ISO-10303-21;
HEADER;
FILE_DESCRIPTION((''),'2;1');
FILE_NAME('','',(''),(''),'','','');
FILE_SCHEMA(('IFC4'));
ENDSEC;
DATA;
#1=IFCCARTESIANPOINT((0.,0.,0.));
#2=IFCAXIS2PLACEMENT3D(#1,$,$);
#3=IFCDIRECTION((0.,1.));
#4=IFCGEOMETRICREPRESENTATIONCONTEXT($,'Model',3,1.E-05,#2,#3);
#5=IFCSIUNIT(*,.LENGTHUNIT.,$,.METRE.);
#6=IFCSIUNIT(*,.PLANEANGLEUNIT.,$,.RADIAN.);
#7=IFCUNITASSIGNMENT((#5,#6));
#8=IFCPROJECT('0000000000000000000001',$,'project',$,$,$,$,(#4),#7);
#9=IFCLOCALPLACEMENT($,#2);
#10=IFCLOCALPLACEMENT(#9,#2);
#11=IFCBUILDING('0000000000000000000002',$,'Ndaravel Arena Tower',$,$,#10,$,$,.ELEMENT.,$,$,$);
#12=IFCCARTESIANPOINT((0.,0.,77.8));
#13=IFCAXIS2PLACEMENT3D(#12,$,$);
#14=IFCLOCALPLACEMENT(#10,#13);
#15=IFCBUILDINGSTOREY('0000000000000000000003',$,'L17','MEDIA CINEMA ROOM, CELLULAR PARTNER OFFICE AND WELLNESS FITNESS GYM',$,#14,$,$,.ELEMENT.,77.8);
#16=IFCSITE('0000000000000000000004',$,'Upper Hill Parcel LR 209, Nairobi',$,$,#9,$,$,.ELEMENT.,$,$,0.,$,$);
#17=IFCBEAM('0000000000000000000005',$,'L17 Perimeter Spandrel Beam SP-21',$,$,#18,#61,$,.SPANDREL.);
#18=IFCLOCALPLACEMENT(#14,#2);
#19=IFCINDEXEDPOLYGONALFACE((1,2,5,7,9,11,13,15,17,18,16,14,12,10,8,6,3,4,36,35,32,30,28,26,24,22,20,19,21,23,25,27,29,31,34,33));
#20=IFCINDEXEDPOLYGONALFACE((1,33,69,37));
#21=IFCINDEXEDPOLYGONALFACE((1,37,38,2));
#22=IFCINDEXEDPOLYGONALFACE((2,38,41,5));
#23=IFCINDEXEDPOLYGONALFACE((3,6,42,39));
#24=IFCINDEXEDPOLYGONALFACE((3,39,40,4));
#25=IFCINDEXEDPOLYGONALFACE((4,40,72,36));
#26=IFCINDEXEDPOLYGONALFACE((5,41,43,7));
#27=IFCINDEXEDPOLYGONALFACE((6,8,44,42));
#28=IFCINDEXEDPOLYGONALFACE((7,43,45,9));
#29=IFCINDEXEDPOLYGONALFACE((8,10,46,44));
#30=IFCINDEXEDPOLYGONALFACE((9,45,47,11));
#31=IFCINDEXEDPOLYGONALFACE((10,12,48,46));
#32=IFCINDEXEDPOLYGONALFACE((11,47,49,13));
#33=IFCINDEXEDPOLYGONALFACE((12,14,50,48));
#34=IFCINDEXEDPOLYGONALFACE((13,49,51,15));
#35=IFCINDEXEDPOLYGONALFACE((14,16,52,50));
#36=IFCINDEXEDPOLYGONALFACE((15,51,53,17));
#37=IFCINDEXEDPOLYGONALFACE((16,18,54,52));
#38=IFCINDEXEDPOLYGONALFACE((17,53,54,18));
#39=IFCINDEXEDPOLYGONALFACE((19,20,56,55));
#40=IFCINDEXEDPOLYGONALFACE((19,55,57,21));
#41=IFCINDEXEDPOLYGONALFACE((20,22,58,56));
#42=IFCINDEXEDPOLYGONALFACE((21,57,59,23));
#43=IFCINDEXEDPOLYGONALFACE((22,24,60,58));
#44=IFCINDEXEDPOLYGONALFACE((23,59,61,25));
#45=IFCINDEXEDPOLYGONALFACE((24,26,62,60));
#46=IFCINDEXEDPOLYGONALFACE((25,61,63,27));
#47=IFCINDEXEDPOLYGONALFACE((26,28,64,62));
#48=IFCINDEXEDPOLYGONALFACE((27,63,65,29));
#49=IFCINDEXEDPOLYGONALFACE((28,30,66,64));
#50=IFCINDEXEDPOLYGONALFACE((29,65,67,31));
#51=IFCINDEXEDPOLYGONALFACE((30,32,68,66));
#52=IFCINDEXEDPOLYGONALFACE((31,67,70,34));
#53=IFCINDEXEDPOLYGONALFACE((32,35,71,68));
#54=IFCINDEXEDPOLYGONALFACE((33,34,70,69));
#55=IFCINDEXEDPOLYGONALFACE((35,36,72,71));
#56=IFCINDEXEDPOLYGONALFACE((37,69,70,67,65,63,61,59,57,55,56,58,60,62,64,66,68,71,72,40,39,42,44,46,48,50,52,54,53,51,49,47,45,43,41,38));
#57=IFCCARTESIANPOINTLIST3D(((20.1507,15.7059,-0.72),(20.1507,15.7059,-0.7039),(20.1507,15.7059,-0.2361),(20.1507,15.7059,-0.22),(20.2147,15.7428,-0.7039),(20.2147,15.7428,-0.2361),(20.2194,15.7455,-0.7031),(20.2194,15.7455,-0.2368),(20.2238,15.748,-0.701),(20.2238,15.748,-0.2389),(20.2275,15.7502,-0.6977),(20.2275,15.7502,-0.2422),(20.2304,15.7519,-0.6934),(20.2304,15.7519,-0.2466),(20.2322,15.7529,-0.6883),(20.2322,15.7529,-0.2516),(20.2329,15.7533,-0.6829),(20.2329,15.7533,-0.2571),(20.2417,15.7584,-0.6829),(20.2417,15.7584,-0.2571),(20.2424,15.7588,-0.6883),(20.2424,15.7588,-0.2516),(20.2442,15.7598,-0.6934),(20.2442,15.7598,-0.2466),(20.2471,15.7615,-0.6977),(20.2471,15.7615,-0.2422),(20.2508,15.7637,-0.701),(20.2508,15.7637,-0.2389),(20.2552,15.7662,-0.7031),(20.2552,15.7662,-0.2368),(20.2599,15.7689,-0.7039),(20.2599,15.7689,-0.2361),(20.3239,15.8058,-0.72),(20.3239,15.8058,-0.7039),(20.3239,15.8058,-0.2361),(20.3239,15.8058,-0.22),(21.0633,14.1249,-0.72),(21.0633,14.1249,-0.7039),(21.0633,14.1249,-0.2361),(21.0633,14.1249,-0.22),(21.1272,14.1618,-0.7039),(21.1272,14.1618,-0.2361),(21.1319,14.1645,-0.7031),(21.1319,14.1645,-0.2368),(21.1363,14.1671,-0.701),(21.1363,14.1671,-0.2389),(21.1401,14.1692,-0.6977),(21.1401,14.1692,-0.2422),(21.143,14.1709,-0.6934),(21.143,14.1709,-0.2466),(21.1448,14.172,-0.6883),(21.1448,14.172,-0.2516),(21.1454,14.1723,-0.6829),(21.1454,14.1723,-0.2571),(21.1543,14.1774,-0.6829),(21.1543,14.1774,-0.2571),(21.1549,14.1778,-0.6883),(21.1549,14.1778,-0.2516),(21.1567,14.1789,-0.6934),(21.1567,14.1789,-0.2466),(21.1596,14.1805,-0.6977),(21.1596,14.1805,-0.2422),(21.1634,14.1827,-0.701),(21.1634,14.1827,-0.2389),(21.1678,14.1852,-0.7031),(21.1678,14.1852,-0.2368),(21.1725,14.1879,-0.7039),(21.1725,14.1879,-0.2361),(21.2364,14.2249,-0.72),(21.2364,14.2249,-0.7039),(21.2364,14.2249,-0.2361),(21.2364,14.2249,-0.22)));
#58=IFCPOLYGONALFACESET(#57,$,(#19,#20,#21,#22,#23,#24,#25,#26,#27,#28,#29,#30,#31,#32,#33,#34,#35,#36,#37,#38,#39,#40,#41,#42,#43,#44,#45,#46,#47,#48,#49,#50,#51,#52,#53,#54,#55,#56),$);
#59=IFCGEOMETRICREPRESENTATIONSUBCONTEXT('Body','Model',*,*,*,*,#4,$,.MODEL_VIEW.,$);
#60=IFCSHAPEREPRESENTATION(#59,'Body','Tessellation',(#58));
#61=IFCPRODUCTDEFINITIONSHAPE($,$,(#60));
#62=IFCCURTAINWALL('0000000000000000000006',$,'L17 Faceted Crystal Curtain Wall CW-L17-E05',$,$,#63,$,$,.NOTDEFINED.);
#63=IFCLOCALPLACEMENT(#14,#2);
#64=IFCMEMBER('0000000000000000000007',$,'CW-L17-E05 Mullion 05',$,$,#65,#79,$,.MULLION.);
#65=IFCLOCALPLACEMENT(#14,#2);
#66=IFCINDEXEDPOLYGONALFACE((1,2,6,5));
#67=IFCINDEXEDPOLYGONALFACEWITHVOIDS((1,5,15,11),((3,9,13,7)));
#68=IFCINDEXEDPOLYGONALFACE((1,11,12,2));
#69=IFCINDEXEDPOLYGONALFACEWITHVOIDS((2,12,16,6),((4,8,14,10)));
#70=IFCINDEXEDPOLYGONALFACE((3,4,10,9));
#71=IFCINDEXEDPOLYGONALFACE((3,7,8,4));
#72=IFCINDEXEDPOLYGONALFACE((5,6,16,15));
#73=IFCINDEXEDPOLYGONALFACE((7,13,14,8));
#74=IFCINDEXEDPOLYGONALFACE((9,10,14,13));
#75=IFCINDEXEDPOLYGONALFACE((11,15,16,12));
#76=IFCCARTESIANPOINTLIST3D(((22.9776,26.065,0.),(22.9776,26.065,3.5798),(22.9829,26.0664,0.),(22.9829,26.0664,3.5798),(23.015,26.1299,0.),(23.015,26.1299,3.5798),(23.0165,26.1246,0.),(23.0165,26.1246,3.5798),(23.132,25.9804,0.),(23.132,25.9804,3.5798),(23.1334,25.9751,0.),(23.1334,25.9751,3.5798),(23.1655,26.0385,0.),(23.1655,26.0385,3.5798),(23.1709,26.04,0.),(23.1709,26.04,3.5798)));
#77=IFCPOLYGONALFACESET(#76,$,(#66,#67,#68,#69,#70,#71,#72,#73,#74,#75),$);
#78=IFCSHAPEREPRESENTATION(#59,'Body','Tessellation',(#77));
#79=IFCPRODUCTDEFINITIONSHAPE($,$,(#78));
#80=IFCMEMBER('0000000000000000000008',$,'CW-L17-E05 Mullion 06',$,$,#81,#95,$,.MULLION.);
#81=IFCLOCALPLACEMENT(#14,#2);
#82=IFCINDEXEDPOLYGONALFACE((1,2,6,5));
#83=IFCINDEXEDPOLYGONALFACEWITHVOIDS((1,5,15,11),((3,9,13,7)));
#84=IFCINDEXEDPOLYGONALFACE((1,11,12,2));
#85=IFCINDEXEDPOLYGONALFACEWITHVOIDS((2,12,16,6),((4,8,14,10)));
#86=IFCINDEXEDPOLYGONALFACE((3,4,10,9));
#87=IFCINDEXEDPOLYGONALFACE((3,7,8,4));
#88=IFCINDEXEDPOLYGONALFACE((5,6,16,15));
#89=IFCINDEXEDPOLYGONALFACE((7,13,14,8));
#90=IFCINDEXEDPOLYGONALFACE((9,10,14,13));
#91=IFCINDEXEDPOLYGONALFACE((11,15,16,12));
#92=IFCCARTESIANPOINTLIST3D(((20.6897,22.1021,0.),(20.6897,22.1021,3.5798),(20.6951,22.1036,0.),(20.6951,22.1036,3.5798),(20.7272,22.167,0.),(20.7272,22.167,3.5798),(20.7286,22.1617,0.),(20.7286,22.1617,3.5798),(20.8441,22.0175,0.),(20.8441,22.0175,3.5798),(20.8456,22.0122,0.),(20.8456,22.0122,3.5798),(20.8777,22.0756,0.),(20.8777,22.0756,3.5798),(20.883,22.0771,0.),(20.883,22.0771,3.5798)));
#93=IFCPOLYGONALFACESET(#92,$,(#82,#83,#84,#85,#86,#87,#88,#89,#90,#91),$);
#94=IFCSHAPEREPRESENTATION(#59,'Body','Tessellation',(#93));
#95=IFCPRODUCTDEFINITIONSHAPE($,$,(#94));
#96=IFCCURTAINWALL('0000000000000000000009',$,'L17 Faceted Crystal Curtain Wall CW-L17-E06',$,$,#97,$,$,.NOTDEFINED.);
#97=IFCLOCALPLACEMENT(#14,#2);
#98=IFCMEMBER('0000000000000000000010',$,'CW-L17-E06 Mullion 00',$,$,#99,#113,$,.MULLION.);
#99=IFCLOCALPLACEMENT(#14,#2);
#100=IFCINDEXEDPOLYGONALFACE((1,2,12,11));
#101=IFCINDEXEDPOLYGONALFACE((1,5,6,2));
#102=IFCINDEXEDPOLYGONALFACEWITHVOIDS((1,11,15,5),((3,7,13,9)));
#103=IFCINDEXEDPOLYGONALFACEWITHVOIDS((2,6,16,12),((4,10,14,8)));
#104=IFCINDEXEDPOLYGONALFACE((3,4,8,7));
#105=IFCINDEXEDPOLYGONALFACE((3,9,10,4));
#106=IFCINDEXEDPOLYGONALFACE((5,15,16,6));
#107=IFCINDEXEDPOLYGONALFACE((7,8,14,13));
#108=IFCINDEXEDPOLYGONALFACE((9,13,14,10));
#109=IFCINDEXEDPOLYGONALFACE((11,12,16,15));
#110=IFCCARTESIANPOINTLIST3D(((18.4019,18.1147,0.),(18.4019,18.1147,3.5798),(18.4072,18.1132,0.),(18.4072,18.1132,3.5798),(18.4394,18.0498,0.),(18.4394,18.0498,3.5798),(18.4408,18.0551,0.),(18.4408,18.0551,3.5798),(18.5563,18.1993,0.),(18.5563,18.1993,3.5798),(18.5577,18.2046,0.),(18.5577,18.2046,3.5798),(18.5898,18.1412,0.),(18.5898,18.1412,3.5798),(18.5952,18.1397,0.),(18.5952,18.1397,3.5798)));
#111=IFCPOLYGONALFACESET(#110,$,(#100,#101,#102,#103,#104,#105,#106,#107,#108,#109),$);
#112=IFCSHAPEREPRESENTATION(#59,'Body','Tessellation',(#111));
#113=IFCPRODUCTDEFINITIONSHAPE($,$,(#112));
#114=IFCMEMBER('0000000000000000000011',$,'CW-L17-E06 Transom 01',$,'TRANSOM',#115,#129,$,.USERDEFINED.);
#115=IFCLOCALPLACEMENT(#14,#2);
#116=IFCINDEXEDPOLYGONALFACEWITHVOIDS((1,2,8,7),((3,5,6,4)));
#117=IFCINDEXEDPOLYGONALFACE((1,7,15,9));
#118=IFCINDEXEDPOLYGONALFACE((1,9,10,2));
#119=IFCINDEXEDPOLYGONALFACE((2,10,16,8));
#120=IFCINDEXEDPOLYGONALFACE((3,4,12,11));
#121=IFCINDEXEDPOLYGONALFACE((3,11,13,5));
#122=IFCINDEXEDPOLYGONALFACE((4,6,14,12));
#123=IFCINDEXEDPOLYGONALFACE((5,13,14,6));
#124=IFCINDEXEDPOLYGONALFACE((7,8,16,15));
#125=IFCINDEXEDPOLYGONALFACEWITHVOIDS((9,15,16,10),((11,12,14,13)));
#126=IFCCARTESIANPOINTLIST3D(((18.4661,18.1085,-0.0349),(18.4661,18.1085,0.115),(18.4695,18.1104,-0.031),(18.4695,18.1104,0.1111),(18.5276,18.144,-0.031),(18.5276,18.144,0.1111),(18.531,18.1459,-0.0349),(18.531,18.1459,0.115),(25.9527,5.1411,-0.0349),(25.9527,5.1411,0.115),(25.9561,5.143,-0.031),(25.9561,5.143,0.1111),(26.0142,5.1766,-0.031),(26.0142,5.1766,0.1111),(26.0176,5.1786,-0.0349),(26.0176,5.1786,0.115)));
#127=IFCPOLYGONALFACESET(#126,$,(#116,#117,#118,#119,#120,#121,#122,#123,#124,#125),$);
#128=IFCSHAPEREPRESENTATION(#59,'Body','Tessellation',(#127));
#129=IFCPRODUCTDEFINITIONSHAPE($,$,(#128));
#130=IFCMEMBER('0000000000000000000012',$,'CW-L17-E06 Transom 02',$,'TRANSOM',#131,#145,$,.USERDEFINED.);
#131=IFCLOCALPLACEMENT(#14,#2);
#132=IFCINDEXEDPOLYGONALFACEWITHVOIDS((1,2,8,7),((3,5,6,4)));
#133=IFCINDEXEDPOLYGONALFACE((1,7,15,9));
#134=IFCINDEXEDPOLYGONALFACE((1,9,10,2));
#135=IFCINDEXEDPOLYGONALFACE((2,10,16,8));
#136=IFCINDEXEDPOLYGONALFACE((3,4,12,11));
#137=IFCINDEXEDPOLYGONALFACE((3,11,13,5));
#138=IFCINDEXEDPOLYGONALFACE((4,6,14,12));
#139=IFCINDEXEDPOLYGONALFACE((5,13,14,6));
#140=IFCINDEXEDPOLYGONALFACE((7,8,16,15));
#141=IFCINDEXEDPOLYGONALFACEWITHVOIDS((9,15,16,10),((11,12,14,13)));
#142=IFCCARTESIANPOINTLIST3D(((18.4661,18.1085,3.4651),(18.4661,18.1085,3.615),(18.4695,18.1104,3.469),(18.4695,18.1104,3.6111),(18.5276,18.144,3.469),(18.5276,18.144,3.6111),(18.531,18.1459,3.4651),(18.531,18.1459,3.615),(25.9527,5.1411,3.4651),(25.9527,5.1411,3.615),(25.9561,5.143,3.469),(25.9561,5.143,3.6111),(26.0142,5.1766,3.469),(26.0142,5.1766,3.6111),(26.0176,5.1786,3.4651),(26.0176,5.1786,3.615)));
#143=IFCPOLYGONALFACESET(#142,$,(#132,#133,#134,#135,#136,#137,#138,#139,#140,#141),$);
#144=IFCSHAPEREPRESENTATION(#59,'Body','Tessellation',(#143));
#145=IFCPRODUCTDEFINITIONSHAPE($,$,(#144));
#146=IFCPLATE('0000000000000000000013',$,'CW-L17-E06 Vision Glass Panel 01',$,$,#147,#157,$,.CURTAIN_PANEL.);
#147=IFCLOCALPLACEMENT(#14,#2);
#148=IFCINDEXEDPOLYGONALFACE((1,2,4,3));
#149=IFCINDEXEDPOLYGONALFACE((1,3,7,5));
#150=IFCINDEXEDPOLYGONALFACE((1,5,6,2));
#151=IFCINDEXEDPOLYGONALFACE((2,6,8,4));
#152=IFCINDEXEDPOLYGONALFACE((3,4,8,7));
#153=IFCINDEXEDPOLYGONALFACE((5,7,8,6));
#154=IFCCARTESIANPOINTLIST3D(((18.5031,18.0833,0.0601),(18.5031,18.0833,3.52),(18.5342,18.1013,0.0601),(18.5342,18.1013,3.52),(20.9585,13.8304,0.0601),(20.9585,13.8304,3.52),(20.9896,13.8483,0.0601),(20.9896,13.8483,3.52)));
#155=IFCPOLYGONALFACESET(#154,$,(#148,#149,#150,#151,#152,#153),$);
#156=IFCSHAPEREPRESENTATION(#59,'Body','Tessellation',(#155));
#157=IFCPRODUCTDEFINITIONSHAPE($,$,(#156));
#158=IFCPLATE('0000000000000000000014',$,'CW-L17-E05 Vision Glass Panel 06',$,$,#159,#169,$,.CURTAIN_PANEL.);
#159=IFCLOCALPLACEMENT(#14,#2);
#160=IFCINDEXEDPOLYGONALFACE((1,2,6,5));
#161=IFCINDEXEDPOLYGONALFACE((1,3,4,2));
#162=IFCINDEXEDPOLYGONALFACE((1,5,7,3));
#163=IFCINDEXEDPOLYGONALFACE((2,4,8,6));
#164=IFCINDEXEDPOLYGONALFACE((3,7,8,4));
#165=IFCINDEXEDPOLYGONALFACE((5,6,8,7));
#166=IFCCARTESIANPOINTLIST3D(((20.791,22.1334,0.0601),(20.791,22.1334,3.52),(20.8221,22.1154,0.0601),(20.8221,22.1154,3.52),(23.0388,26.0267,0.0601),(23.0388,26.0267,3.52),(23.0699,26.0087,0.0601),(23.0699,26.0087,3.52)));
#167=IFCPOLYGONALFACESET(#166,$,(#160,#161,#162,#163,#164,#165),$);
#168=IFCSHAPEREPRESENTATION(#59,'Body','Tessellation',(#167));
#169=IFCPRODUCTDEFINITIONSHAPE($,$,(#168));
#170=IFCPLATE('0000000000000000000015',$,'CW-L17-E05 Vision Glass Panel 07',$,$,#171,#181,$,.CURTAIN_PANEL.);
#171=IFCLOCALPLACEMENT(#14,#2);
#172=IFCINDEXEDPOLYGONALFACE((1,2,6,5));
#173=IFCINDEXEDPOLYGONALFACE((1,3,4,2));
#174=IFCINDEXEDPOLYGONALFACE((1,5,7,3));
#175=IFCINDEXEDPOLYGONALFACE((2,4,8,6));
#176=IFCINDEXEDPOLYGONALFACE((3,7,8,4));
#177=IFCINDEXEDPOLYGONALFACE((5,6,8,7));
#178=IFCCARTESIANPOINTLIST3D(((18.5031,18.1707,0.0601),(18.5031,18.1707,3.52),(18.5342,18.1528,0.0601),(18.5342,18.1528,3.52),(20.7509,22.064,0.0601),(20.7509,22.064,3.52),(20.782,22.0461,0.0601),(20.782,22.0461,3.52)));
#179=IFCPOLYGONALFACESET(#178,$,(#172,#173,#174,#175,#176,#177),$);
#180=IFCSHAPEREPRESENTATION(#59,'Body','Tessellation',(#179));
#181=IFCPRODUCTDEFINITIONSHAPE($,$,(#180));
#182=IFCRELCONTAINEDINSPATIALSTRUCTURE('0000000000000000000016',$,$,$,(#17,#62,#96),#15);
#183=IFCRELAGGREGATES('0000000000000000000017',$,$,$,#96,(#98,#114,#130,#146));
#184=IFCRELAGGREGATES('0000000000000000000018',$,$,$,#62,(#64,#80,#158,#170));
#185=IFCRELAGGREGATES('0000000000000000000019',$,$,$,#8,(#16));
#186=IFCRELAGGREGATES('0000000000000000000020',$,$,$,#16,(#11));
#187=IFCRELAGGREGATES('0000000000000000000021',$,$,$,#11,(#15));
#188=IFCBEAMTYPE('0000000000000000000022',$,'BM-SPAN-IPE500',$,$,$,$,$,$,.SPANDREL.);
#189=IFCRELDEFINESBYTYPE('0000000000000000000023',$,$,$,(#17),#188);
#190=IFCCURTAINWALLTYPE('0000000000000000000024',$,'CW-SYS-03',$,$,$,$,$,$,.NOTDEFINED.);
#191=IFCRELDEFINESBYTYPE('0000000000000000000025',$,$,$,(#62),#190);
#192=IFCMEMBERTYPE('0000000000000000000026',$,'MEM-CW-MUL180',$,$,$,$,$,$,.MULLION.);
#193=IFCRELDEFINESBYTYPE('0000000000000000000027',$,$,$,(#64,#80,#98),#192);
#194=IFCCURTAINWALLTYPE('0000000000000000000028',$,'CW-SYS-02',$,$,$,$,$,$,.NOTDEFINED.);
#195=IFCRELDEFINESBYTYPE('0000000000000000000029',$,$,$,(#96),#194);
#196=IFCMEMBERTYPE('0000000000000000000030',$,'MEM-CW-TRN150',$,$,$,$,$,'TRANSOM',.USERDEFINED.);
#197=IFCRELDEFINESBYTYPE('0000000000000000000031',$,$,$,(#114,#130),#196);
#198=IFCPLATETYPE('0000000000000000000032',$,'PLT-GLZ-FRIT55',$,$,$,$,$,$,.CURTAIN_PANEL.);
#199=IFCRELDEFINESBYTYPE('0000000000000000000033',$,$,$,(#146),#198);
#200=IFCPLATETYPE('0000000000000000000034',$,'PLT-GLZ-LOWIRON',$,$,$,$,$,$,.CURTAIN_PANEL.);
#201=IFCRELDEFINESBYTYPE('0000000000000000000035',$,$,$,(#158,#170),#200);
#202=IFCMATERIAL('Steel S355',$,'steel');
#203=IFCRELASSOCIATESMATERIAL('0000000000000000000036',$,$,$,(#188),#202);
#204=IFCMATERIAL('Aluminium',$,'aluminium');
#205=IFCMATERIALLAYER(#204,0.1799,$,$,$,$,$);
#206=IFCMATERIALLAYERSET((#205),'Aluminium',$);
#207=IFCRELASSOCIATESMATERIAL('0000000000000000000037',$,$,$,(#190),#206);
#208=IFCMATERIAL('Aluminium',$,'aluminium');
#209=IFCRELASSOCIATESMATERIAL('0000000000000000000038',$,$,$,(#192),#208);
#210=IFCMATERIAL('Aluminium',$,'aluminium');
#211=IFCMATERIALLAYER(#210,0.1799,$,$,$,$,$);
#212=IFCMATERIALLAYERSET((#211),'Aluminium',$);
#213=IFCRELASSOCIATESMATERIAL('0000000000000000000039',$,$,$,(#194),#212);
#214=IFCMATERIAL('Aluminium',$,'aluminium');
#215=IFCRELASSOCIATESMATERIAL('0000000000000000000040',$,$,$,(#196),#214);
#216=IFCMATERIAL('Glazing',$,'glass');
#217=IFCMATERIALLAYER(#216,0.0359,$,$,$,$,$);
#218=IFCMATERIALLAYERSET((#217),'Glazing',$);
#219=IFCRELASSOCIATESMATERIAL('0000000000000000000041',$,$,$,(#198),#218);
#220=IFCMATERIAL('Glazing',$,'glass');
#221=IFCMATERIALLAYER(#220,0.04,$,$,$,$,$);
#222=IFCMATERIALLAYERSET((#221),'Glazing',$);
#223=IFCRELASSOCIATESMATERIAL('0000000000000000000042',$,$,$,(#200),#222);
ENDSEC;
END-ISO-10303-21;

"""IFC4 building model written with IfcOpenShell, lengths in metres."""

from ifc_helpers import new_model, si_unit, direction, frame, origin, origin_2d, place, context, subcontext, project, spatial, rectangle, hollow_rectangle, i_section, extrude, material, layer, layer_set, material_profile, profile_set, type_object, element, aggregate, save


model = new_model("IFC4")

# Units and contexts
model_context = context("Model", 3, precision=1e-05, world=origin(), true_north=direction((0.0, 1.0)))
body_context = subcontext(model_context, "Body", "Model", "MODEL_VIEW")
ifc_project = project(units=[si_unit("LENGTHUNIT", "METRE"), si_unit("PLANEANGLEUNIT", "RADIAN")], contexts=[model_context])

# Site, building, storey
site_placement = place(None, origin())
site = spatial("IfcSite", under=ifc_project, at=site_placement, Name="Upper Hill Parcel LR 209, Nairobi", CompositionType="ELEMENT", RefElevation=0.0)
building_placement = place(site_placement, origin())
building = spatial("IfcBuilding", under=site, at=building_placement, Name="Ndaravel Arena Tower", CompositionType="ELEMENT")
storey_placement = place(building_placement, frame((0.0, 0.0, 77.8)))
storey = spatial("IfcBuildingStorey", under=building, at=storey_placement, Name="L17", Description="MEDIA CINEMA ROOM, CELLULAR PARTNER OFFICE AND WELLNESS FITNESS GYM", CompositionType="ELEMENT", Elevation=77.8)

# Beam
ifc_material_1 = material(Name="Steel S355", Category="steel")
ifc_material_profile_1 = material_profile(ifc_material_1, i_section(OverallWidth=0.2, OverallDepth=0.5, WebThickness=0.0103, FlangeThickness=0.0161, FilletRadius=0.021, at=origin_2d()), Name="IPE 500")
ifc_profile_set_1 = profile_set([ifc_material_profile_1], Name="Steel S355")
beam_type_1 = type_object("IfcBeamType", Name="BM-SPAN-IPE500", PredefinedType="SPANDREL", material=ifc_profile_set_1)
for number, where, z_axis, x_axis, name in (
    (1, (20.2373, 15.7559, -0.47), (0.499908, -0.866079, 0.0), (0.866079, 0.499908, 0.0), "L17 Perimeter Spandrel Beam SP-21"),
):
    element("IfcBeam", number, at=place(storey_placement, frame(where, z_axis=z_axis, x_axis=x_axis)), inside=storey, type_object=beam_type_1, Name=name, PredefinedType="SPANDREL", context=body_context, shape_type="SweptSolid", body=[
        extrude(i_section(OverallWidth=0.2, OverallDepth=0.5, WebThickness=0.0103, FlangeThickness=0.0161, FilletRadius=0.021, at=origin_2d()), origin(), (0.0, 0.0, 1.0), 1.8254),
    ])

# Curtain wall, members
ifc_material_2 = material(Name="Aluminium", Category="aluminium")
ifc_layer_1 = layer(ifc_material_2, 0.1799)
ifc_layer_set_1 = layer_set([ifc_layer_1], Name="Aluminium")
curtain_wall_type_1 = type_object("IfcCurtainWallType", Name="CW-SYS-03", PredefinedType="NOTDEFINED", material=ifc_layer_set_1)
curtain_wall_1_placement = place(storey_placement, origin())
curtain_wall_1 = element("IfcCurtainWall", 2, at=curtain_wall_1_placement, inside=storey, type_object=curtain_wall_type_1, Name="L17 Faceted Crystal Curtain Wall CW-L17-E05", PredefinedType="NOTDEFINED")
ifc_material_3 = material(Name="Aluminium", Category="aluminium")
ifc_material_profile_2 = material_profile(ifc_material_3, hollow_rectangle(XDim=0.075, YDim=0.1799, WallThickness=0.0039, at=origin_2d()), Name="CW MULLION 75x180x4")
ifc_profile_set_2 = profile_set([ifc_material_profile_2], Name="Aluminium")
member_type_1 = type_object("IfcMemberType", Name="MEM-CW-MUL180", PredefinedType="MULLION", material=ifc_profile_set_2)
member_1_placement = place(storey_placement, frame((23.0742, 26.0525, 0.0), z_axis=(0.0, 0.0, 1.0), x_axis=(-0.5, -0.866025, 0.0)))
member_1 = element("IfcMember", 3, at=member_1_placement, type_object=member_type_1, Name="CW-L17-E05 Mullion 05", PredefinedType="MULLION", context=body_context, shape_type="SweptSolid", body=[
    extrude(hollow_rectangle(XDim=0.075, YDim=0.1799, WallThickness=0.0039, at=origin_2d()), origin(), (0.0, 0.0, 1.0), 3.5798),
])
member_2_placement = place(storey_placement, frame((20.7864, 22.0896, 0.0), z_axis=(0.0, 0.0, 1.0), x_axis=(-0.5, -0.866025, 0.0)))
member_2 = element("IfcMember", 4, at=member_2_placement, type_object=member_type_1, Name="CW-L17-E05 Mullion 06", PredefinedType="MULLION", context=body_context, shape_type="SweptSolid", body=[
    extrude(hollow_rectangle(XDim=0.075, YDim=0.1799, WallThickness=0.0039, at=origin_2d()), origin(), (0.0, 0.0, 1.0), 3.5798),
])

# Curtain wall, members, plate
ifc_material_4 = material(Name="Aluminium", Category="aluminium")
ifc_layer_2 = layer(ifc_material_4, 0.1799)
ifc_layer_set_2 = layer_set([ifc_layer_2], Name="Aluminium")
curtain_wall_type_2 = type_object("IfcCurtainWallType", Name="CW-SYS-02", PredefinedType="NOTDEFINED", material=ifc_layer_set_2)
curtain_wall_2_placement = place(storey_placement, origin())
curtain_wall_2 = element("IfcCurtainWall", 5, at=curtain_wall_2_placement, inside=storey, type_object=curtain_wall_type_2, Name="L17 Faceted Crystal Curtain Wall CW-L17-E06", PredefinedType="NOTDEFINED")
member_3_placement = place(storey_placement, frame((18.4985, 18.1272, 0.0), z_axis=(0.0, 0.0, 1.0), x_axis=(0.5, -0.866025, 0.0)))
member_3 = element("IfcMember", 6, at=member_3_placement, type_object=member_type_1, Name="CW-L17-E06 Mullion 00", PredefinedType="MULLION", context=body_context, shape_type="SweptSolid", body=[
    extrude(hollow_rectangle(XDim=0.075, YDim=0.1799, WallThickness=0.0039, at=origin_2d()), origin(), (0.0, 0.0, 1.0), 3.5798),
])
ifc_material_5 = material(Name="Aluminium", Category="aluminium")
ifc_material_profile_3 = material_profile(ifc_material_5, hollow_rectangle(XDim=0.075, YDim=0.1499, WallThickness=0.0039, at=origin_2d()), Name="CW TRANSOM 75x150x4")
ifc_profile_set_3 = profile_set([ifc_material_profile_3], Name="Aluminium")
member_type_2 = type_object("IfcMemberType", Name="MEM-CW-TRN150", ElementType="TRANSOM", PredefinedType="USERDEFINED", material=ifc_profile_set_3)
member_4_placement = place(storey_placement, frame((18.4985, 18.1272, 0.04), z_axis=(0.499995, -0.866028, 0.0), x_axis=(0.866028, 0.499995, 0.0)))
member_4 = element("IfcMember", 7, at=member_4_placement, type_object=member_type_2, Name="CW-L17-E06 Transom 01", ObjectType="TRANSOM", PredefinedType="USERDEFINED", context=body_context, shape_type="SweptSolid", body=[
    extrude(hollow_rectangle(XDim=0.075, YDim=0.1499, WallThickness=0.0039, at=origin_2d()), origin(), (0.0, 0.0, 1.0), 14.9734),
])
member_5_placement = place(storey_placement, frame((18.4985, 18.1272, 3.54), z_axis=(0.499995, -0.866028, 0.0), x_axis=(0.866028, 0.499995, 0.0)))
member_5 = element("IfcMember", 8, at=member_5_placement, type_object=member_type_2, Name="CW-L17-E06 Transom 02", ObjectType="TRANSOM", PredefinedType="USERDEFINED", context=body_context, shape_type="SweptSolid", body=[
    extrude(hollow_rectangle(XDim=0.075, YDim=0.1499, WallThickness=0.0039, at=origin_2d()), origin(), (0.0, 0.0, 1.0), 14.9734),
])
ifc_material_6 = material(Name="Glazing", Category="glass")
ifc_layer_3 = layer(ifc_material_6, 0.0359)
ifc_layer_set_3 = layer_set([ifc_layer_3], Name="Glazing")
plate_type_1 = type_object("IfcPlateType", Name="PLT-GLZ-FRIT55", PredefinedType="CURTAIN_PANEL", material=ifc_layer_set_3)
plate_1_placement = place(storey_placement, frame((19.7463, 15.9658, 0.0601), z_axis=(0.0, 0.0, 1.0), x_axis=(0.5, -0.866025, 0.0)))
plate_1 = element("IfcPlate", 9, at=plate_1_placement, type_object=plate_type_1, Name="CW-L17-E06 Vision Glass Panel 01", PredefinedType="CURTAIN_PANEL", context=body_context, shape_type="SweptSolid", body=[
    extrude(rectangle(XDim=4.9109, YDim=0.0359, at=origin_2d()), origin(), (0.0, 0.0, 1.0), 3.46),
])
aggregate(curtain_wall_2, [member_3, member_4, member_5, plate_1])

# Plates
ifc_material_7 = material(Name="Glazing", Category="glass")
ifc_layer_4 = layer(ifc_material_7, 0.04)
ifc_layer_set_4 = layer_set([ifc_layer_4], Name="Glazing")
plate_type_2 = type_object("IfcPlateType", Name="PLT-GLZ-LOWIRON", PredefinedType="CURTAIN_PANEL", material=ifc_layer_set_4)
plate_2_placement = place(storey_placement, frame((21.9304, 24.071, 0.0601), z_axis=(0.0, 0.0, 1.0), x_axis=(-0.5, -0.866025, 0.0)))
plate_2 = element("IfcPlate", 10, at=plate_2_placement, type_object=plate_type_2, Name="CW-L17-E05 Vision Glass Panel 06", PredefinedType="CURTAIN_PANEL", context=body_context, shape_type="SweptSolid", body=[
    extrude(rectangle(XDim=4.4956, YDim=0.0359, at=origin_2d()), origin(), (0.0, 0.0, 1.0), 3.46),
])
plate_3_placement = place(storey_placement, frame((19.6426, 20.1084, 0.0601), z_axis=(0.0, 0.0, 1.0), x_axis=(-0.5, -0.866025, 0.0)))
plate_3 = element("IfcPlate", 11, at=plate_3_placement, type_object=plate_type_2, Name="CW-L17-E05 Vision Glass Panel 07", PredefinedType="CURTAIN_PANEL", context=body_context, shape_type="SweptSolid", body=[
    extrude(rectangle(XDim=4.4956, YDim=0.0359, at=origin_2d()), origin(), (0.0, 0.0, 1.0), 3.46),
])
aggregate(curtain_wall_1, [member_1, member_2, plate_2, plate_3])

save(model, "model.ifc")
